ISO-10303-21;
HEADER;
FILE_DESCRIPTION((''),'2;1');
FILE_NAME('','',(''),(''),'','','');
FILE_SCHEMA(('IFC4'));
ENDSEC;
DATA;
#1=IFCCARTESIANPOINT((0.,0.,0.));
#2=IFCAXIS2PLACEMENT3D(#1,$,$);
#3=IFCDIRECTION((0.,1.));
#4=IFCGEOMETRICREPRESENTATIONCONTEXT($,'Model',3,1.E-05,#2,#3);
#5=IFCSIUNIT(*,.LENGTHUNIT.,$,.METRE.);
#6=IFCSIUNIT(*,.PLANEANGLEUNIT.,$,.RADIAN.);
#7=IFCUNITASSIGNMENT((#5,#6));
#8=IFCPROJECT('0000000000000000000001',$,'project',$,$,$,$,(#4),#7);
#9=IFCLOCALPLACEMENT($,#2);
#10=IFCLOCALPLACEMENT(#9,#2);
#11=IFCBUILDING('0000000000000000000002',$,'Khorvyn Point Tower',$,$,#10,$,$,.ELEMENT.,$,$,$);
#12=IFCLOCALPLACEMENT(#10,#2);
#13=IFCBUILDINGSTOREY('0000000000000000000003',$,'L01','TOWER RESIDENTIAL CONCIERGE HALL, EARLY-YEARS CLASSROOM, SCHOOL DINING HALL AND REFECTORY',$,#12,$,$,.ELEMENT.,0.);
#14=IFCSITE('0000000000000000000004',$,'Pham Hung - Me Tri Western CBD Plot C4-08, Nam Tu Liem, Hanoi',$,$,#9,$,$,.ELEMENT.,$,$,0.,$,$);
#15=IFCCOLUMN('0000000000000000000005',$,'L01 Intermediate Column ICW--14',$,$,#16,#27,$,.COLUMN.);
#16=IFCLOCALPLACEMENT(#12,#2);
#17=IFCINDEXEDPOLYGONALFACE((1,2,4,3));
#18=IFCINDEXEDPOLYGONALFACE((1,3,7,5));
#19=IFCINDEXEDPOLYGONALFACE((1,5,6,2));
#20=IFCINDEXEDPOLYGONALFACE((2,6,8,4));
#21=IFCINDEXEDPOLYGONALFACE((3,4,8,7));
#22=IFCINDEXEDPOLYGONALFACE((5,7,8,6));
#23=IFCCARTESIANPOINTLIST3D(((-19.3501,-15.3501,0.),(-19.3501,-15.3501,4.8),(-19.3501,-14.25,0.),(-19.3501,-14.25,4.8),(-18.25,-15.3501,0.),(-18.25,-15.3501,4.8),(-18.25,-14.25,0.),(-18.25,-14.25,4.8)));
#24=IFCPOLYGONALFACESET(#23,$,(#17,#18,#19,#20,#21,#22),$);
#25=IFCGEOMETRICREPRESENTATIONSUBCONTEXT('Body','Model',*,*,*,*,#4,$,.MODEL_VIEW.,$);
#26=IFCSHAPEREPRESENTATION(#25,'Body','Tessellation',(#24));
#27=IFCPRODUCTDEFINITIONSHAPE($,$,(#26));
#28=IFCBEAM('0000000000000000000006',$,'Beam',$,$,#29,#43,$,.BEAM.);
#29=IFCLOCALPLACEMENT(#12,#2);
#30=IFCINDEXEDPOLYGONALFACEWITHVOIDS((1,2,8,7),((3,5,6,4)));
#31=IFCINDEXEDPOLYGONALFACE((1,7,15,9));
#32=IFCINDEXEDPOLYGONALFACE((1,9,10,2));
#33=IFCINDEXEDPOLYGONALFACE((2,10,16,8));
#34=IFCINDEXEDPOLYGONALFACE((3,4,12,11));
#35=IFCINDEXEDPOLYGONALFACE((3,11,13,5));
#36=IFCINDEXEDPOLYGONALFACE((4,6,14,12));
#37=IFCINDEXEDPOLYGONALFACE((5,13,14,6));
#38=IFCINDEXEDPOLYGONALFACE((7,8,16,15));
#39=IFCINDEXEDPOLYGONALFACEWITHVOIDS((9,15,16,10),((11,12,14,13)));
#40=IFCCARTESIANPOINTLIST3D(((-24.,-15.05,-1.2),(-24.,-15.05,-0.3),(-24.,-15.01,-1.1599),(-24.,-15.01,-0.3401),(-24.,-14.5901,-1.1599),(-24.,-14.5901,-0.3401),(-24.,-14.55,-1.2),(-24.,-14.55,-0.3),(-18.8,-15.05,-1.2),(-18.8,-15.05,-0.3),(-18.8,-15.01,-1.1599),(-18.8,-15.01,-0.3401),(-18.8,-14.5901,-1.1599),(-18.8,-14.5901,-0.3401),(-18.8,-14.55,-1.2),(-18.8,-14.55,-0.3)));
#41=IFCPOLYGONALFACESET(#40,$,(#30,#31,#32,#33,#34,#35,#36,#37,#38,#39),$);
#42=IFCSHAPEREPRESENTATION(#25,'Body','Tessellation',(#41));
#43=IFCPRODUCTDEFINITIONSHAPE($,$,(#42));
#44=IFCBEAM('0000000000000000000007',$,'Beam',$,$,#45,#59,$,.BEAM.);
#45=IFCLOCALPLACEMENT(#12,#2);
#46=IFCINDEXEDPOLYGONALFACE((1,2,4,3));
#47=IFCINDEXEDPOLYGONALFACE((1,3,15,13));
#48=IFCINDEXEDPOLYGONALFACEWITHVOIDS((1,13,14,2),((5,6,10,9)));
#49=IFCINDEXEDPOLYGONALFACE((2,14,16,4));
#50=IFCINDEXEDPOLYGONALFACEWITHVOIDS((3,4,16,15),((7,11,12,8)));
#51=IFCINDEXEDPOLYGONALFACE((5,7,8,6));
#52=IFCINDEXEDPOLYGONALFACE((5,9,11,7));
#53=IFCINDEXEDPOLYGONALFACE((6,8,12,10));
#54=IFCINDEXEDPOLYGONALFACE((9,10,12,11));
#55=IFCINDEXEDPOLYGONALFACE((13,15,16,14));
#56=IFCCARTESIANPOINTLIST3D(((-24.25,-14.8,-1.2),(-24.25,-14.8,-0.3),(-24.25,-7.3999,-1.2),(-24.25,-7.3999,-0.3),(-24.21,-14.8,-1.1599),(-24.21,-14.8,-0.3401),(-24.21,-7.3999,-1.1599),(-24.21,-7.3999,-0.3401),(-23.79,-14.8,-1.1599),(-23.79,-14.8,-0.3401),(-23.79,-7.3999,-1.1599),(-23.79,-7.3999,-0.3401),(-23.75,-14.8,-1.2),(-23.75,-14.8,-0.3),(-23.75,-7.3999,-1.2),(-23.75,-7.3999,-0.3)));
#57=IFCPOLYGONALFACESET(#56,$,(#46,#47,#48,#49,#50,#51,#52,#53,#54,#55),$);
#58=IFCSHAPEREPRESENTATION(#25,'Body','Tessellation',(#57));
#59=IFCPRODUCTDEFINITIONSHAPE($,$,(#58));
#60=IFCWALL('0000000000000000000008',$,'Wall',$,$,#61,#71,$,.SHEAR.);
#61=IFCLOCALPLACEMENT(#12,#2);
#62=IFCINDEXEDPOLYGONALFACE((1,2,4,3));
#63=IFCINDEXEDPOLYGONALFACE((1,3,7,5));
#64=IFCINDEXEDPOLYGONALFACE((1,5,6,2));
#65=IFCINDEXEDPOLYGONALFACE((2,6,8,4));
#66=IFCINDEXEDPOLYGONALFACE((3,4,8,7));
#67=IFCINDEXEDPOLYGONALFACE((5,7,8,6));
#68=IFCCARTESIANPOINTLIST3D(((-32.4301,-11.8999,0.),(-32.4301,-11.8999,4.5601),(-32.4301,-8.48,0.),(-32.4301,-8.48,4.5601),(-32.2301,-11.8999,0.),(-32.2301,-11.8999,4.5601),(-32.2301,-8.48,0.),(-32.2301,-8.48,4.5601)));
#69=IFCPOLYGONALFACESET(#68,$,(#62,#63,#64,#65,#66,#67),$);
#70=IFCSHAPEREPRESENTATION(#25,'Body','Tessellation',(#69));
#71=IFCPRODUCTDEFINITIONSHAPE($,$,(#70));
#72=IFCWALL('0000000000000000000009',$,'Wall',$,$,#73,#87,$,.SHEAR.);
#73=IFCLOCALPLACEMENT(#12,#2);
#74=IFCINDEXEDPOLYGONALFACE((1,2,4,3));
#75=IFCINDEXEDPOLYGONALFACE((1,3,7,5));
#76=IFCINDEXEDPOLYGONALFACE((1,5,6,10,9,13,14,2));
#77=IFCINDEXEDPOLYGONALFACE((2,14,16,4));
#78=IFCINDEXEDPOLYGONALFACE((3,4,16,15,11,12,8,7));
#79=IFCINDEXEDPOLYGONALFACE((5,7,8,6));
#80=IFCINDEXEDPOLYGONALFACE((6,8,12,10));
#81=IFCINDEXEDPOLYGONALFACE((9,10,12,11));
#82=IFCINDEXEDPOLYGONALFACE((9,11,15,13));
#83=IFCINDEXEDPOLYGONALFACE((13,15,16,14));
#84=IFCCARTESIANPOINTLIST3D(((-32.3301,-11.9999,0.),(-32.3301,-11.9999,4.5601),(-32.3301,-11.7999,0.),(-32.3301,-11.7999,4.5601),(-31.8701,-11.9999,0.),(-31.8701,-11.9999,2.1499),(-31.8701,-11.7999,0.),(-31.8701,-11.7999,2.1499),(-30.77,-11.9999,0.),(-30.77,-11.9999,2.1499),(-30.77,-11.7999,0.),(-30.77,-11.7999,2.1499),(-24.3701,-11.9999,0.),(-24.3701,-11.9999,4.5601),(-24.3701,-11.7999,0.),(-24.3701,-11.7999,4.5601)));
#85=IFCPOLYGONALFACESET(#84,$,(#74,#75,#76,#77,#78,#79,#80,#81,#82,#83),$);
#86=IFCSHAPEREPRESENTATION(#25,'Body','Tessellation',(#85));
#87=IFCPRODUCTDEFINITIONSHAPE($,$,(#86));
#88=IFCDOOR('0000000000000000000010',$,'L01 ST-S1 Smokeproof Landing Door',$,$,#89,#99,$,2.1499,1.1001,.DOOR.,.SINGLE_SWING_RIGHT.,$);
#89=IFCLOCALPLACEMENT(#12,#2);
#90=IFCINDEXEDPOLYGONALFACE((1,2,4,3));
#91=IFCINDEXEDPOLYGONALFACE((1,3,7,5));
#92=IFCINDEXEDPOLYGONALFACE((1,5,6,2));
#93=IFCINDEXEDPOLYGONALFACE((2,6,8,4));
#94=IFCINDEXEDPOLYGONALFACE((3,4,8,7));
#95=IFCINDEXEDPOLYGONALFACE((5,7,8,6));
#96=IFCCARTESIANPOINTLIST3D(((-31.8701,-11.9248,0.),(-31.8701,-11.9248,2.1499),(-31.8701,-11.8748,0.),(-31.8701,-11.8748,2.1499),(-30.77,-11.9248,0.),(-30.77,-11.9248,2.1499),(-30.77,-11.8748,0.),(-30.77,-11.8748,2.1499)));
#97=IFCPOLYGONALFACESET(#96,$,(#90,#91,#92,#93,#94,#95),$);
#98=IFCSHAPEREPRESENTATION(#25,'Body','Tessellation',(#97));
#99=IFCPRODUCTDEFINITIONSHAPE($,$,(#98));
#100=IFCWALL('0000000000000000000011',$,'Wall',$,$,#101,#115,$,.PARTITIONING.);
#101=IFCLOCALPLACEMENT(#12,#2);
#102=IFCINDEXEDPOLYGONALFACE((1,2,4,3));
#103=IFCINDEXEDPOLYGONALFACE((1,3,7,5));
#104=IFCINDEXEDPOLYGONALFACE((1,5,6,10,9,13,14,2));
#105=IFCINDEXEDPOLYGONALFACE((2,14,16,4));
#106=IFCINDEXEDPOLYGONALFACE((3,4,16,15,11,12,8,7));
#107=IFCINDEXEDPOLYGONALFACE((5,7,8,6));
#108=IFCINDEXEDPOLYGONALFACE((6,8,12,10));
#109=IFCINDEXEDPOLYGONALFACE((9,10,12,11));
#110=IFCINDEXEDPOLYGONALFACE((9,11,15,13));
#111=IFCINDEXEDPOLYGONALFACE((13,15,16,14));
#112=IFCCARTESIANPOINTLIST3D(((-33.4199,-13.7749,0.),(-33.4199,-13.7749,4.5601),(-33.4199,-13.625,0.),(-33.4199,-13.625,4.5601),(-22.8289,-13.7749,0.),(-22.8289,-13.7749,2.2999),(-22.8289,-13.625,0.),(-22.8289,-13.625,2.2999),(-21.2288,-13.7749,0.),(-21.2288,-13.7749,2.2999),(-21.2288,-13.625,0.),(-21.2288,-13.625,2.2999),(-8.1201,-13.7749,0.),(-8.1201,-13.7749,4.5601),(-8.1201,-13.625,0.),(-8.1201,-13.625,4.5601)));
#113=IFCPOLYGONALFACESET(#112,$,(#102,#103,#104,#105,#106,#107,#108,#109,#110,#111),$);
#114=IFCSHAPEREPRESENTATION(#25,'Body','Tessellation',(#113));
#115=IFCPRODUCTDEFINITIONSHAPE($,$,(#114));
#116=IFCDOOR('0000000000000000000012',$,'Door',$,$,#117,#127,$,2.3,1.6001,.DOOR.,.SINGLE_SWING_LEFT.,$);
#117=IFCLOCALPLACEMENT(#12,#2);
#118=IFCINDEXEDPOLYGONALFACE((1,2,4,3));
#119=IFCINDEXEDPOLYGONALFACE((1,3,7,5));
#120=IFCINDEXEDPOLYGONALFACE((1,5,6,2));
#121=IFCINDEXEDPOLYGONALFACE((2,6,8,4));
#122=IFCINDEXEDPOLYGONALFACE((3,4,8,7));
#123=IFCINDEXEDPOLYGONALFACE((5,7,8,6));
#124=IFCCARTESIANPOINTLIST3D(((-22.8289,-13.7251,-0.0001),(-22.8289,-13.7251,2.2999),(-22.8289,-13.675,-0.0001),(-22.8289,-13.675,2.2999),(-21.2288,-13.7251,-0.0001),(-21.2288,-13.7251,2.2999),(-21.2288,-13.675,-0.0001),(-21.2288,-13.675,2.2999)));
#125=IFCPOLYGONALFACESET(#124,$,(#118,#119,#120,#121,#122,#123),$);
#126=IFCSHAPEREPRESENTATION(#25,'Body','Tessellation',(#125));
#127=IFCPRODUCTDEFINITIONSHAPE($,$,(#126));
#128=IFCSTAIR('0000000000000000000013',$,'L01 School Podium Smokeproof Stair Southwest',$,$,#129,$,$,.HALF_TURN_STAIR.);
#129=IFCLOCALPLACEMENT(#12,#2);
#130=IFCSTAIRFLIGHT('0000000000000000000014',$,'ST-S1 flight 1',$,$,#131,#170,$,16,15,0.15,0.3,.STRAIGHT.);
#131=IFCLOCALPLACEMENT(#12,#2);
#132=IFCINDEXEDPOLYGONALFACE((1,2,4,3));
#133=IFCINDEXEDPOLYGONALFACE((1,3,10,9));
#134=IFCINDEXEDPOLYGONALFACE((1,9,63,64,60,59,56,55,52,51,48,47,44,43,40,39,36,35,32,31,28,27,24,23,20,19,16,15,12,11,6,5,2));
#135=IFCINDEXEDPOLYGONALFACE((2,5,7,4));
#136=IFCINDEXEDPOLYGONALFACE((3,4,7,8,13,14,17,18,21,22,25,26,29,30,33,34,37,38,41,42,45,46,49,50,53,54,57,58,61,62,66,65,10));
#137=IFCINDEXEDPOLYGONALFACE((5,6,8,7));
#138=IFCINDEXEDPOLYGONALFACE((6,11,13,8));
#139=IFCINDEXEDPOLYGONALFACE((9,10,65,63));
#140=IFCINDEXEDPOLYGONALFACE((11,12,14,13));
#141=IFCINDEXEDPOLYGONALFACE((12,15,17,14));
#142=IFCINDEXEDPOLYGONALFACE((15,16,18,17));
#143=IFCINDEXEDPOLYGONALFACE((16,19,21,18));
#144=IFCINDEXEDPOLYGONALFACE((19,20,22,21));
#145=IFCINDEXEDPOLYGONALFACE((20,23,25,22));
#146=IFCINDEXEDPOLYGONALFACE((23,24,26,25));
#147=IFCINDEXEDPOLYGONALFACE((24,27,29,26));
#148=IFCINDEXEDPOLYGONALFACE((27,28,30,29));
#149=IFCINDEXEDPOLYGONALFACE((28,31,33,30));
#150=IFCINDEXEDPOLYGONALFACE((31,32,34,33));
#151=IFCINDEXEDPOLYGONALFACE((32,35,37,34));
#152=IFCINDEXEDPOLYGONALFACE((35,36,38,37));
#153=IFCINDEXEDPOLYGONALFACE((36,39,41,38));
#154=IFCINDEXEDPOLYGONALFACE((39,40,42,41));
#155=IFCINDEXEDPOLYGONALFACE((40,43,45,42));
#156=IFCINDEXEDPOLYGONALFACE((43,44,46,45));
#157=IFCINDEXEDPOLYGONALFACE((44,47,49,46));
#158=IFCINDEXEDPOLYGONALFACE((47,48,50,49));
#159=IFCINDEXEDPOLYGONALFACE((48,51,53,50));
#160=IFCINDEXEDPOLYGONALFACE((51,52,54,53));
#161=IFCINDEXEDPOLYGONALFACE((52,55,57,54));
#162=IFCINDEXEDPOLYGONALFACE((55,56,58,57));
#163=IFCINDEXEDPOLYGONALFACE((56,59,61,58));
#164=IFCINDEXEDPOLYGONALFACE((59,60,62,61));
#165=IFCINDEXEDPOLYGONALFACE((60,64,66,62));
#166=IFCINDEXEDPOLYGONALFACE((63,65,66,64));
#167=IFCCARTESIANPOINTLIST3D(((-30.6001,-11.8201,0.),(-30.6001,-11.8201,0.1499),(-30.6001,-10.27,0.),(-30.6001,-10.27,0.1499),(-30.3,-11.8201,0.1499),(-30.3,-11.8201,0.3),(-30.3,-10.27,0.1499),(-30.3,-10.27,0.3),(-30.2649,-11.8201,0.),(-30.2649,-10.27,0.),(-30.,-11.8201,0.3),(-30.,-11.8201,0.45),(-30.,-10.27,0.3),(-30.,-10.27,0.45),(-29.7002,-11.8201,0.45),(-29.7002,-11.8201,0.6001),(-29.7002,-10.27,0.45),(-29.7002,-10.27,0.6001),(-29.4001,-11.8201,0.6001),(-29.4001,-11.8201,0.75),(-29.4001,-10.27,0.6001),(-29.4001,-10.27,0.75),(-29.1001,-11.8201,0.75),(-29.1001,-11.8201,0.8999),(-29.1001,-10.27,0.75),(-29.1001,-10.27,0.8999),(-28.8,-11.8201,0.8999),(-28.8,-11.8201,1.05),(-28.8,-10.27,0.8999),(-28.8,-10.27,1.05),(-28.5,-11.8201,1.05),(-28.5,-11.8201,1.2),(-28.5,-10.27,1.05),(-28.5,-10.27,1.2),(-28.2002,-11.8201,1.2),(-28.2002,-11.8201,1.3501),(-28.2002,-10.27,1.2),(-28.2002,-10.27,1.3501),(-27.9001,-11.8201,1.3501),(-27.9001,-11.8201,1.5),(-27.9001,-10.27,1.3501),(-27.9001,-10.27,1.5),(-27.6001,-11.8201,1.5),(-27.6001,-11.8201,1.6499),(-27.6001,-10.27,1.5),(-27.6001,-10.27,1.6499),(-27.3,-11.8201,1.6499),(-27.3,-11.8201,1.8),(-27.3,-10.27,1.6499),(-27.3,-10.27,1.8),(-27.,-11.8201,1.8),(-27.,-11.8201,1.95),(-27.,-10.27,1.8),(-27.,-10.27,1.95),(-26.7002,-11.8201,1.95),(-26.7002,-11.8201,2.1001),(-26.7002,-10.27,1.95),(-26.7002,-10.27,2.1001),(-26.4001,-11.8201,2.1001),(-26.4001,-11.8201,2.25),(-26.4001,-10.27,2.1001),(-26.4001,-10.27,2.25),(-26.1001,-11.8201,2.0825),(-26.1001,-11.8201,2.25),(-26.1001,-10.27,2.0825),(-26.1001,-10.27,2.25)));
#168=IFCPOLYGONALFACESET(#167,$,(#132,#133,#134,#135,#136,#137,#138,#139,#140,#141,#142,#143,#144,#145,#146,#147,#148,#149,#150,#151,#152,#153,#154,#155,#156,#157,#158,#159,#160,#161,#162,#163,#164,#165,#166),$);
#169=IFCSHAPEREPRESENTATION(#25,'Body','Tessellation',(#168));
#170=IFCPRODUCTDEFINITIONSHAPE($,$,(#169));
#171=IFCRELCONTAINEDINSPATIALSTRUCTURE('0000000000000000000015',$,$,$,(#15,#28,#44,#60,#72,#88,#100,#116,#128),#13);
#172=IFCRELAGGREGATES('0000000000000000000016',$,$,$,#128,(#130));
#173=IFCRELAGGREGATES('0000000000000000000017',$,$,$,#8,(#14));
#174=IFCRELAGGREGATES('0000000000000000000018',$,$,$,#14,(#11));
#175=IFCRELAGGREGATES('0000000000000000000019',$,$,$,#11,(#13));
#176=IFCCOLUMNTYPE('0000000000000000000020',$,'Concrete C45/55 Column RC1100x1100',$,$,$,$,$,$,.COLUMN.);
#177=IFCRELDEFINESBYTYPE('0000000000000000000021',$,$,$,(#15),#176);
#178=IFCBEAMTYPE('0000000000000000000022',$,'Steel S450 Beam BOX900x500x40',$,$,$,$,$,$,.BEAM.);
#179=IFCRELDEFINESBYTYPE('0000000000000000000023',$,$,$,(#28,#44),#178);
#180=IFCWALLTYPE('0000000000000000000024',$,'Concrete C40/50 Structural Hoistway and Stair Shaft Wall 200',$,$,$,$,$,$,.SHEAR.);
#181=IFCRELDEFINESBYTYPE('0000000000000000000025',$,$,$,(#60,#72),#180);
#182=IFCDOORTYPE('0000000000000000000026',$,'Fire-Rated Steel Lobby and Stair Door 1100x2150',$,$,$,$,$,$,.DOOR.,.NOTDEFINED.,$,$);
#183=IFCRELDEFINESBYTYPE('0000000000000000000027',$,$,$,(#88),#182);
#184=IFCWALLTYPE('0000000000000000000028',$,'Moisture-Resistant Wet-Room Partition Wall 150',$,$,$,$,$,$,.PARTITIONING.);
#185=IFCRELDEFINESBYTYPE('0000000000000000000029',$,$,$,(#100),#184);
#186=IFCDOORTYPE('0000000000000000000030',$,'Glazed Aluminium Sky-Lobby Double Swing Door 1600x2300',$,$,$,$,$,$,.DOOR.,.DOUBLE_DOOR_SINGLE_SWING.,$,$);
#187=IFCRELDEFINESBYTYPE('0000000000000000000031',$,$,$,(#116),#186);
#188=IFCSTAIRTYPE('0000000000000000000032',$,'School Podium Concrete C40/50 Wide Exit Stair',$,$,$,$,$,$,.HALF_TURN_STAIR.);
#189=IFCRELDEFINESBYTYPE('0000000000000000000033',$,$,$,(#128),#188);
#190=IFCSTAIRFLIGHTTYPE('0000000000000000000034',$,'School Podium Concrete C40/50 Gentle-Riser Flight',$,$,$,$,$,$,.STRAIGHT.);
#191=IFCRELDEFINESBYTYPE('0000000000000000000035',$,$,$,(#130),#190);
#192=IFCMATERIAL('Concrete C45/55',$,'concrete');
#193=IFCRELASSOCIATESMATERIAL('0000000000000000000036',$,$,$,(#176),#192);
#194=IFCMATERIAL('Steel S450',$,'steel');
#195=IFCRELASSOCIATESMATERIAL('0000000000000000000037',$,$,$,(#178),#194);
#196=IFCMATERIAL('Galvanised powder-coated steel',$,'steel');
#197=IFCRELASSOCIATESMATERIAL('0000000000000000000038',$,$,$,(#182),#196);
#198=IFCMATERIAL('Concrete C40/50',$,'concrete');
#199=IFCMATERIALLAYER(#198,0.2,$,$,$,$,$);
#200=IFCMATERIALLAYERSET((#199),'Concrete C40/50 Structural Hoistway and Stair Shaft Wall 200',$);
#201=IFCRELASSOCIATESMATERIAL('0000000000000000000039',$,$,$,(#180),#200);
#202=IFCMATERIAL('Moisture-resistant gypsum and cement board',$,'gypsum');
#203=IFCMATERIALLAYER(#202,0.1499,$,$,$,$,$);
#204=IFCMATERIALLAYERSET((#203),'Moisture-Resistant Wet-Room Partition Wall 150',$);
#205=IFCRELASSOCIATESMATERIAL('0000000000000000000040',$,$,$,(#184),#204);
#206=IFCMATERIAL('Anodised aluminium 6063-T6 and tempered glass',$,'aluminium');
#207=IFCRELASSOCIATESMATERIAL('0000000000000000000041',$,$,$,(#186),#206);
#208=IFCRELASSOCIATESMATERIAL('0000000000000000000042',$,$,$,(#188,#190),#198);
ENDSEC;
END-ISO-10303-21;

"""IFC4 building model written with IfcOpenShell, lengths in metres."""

from ifc_helpers import new_model, si_unit, direction, frame, frame_2d, origin, origin_2d, place, context, subcontext, project, spatial, polyline, rectangle, hollow_rectangle, outline, extrude, material, layer, layer_set, material_profile, profile_set, type_object, element, fill, aggregate, save


model = new_model("IFC4")

# Units and contexts
model_context = context("Model", 3, precision=1e-05, world=origin(), true_north=direction((0.0, 1.0)))
body_context = subcontext(model_context, "Body", "Model", "MODEL_VIEW")
ifc_project = project(units=[si_unit("LENGTHUNIT", "METRE"), si_unit("PLANEANGLEUNIT", "RADIAN")], contexts=[model_context])

# Site, building, storey
site_placement = place(None, origin())
site = spatial("IfcSite", under=ifc_project, at=site_placement, Name="Pham Hung - Me Tri Western CBD Plot C4-08, Nam Tu Liem, Hanoi", CompositionType="ELEMENT", RefElevation=0.0)
building_placement = place(site_placement, origin())
building = spatial("IfcBuilding", under=site, at=building_placement, Name="Khorvyn Point Tower", CompositionType="ELEMENT")
storey_placement = place(building_placement, origin())
storey = spatial("IfcBuildingStorey", under=building, at=storey_placement, Name="L01", Description="TOWER RESIDENTIAL CONCIERGE HALL, EARLY-YEARS CLASSROOM, SCHOOL DINING HALL AND REFECTORY", CompositionType="ELEMENT", Elevation=0.0)

# Column
ifc_material_1 = material(Name="Concrete C45/55", Category="concrete")
ifc_material_profile_1 = material_profile(ifc_material_1, rectangle(XDim=1.1001, YDim=1.1001, at=origin_2d()))
ifc_profile_set_1 = profile_set([ifc_material_profile_1], Name="Concrete C45/55 RC1100x1100")
column_type = type_object("IfcColumnType", Name="Concrete C45/55 Column RC1100x1100", PredefinedType="COLUMN", material=ifc_profile_set_1)
column_placement = place(storey_placement, frame((-18.8, -14.8, 0.0), z_axis=(0.0, 0.0, 1.0), x_axis=(1.0, 0.0, 0.0)))
element("IfcColumn", 1, at=column_placement, inside=storey, type_object=column_type, Name="L01 Intermediate Column ICW--14", PredefinedType="COLUMN", context=body_context, shape_type="SweptSolid", body=[
    extrude(rectangle(XDim=1.1001, YDim=1.1001, at=origin_2d()), origin(), (0.0, 0.0, 1.0), 4.8),
])

# Beams
ifc_material_2 = material(Name="Steel S450", Category="steel")
ifc_material_profile_2 = material_profile(ifc_material_2, hollow_rectangle(XDim=0.5, YDim=0.8999, WallThickness=0.04, at=origin_2d()))
ifc_profile_set_2 = profile_set([ifc_material_profile_2], Name="Steel S450 BOX900x500x40")
beam_type = type_object("IfcBeamType", Name="Steel S450 Beam BOX900x500x40", PredefinedType="BEAM", material=ifc_profile_set_2)
beam_1_placement = place(storey_placement, frame((-24.0, -14.8, -0.75), z_axis=(1.0, 0.0, 0.0), x_axis=(0.0, 1.0, 0.0)))
element("IfcBeam", 2, at=beam_1_placement, inside=storey, type_object=beam_type, Name="Beam", PredefinedType="BEAM", context=body_context, shape_type="SweptSolid", body=[
    extrude(hollow_rectangle(XDim=0.5, YDim=0.8999, WallThickness=0.04, at=origin_2d()), origin(), (0.0, 0.0, 1.0), 5.2),
])
beam_2_placement = place(storey_placement, frame((-24.0, -14.8, -0.75), z_axis=(0.0, 1.0, 0.0), x_axis=(-1.0, 0.0, 0.0)))
element("IfcBeam", 3, at=beam_2_placement, inside=storey, type_object=beam_type, Name="Beam", PredefinedType="BEAM", context=body_context, shape_type="SweptSolid", body=[
    extrude(hollow_rectangle(XDim=0.5, YDim=0.8999, WallThickness=0.04, at=origin_2d()), origin(), (0.0, 0.0, 1.0), 7.4001),
])

# Shared definitions
ifc_material_3 = material(Name="Concrete C40/50", Category="concrete")
ifc_material_4 = material(Name="Galvanised powder-coated steel", Category="steel")
door_type_1 = type_object("IfcDoorType", Name="Fire-Rated Steel Lobby and Stair Door 1100x2150", OperationType="NOTDEFINED", PredefinedType="DOOR", material=ifc_material_4)

# Wall
ifc_layer_1 = layer(ifc_material_3, 0.2)
ifc_layer_set_1 = layer_set([ifc_layer_1], Name="Concrete C40/50 Structural Hoistway and Stair Shaft Wall 200")
wall_type_1 = type_object("IfcWallType", Name="Concrete C40/50 Structural Hoistway and Stair Shaft Wall 200", PredefinedType="SHEAR", material=ifc_layer_set_1)
wall_1_placement = place(storey_placement, frame((-32.3301, -11.8999, 0.0), z_axis=(0.0, 0.0, 1.0), x_axis=(0.0, 1.0, 0.0)))
element("IfcWall", 4, at=wall_1_placement, inside=storey, type_object=wall_type_1, Name="Wall", PredefinedType="SHEAR", context=body_context, shape_type="SweptSolid", body=[
    extrude(rectangle(XDim=3.4199, YDim=0.2, at=frame_2d((1.71, 0.0))), origin(), (0.0, 0.0, 1.0), 4.5601),
])

# Walls, openings, doors
wall_2_placement = place(storey_placement, frame((-24.3701, -11.8999, 0.0), z_axis=(0.0, 0.0, 1.0), x_axis=(-1.0, 0.0, 0.0)))
wall_2 = element("IfcWall", 5, at=wall_2_placement, inside=storey, type_object=wall_type_1, Name="Wall", PredefinedType="SHEAR", context=body_context, shape_type="SweptSolid", body=[
    extrude(rectangle(XDim=7.96, YDim=0.2, at=frame_2d((3.98, 0.0))), origin(), (0.0, 0.0, 1.0), 4.5601),
])
opening_1_placement = place(wall_2_placement, frame((6.3999, 0.0, 0.0)))
opening_1 = element("IfcOpeningElement", 6, at=opening_1_placement, cuts=wall_2, PredefinedType="OPENING", context=body_context, shape_type="SweptSolid", body=[
    extrude(rectangle(XDim=1.1001, YDim=2.1499, at=frame_2d((0.55, 1.075))), frame((0.0, 0.1099, 0.0), z_axis=(0.0, -1.0, 0.0), x_axis=(1.0, 0.0, 0.0)), (0.0, 0.0, 1.0), 0.22),
])
door_1_placement = place(opening_1_placement, origin())
door_1 = element("IfcDoor", 7, at=door_1_placement, inside=storey, type_object=door_type_1, Name="L01 ST-S1 Smokeproof Landing Door", OperationType="SINGLE_SWING_RIGHT", OverallHeight=2.1499, OverallWidth=1.1001, PredefinedType="DOOR", context=body_context, shape_type="SweptSolid", body=[
    extrude(rectangle(XDim=1.1001, YDim=2.1499, at=frame_2d((0.55, 1.075))), frame((0.0, 0.0249, 0.0), z_axis=(0.0, -1.0, 0.0), x_axis=(1.0, 0.0, 0.0)), (0.0, 0.0, 1.0), 0.05),
])
fill(opening_1, door_1)
ifc_material_5 = material(Name="Moisture-resistant gypsum and cement board", Category="gypsum")
ifc_layer_2 = layer(ifc_material_5, 0.1499)
ifc_layer_set_2 = layer_set([ifc_layer_2], Name="Moisture-Resistant Wet-Room Partition Wall 150")
wall_type_2 = type_object("IfcWallType", Name="Moisture-Resistant Wet-Room Partition Wall 150", PredefinedType="PARTITIONING", material=ifc_layer_set_2)
wall_3_placement = place(storey_placement, frame((-33.4199, -13.7, 0.0), z_axis=(0.0, 0.0, 1.0), x_axis=(1.0, 0.0, 0.0)))
wall_3 = element("IfcWall", 8, at=wall_3_placement, inside=storey, type_object=wall_type_2, Name="Wall", PredefinedType="PARTITIONING", context=body_context, shape_type="SweptSolid", body=[
    extrude(rectangle(XDim=25.2998, YDim=0.1499, at=frame_2d((12.6499, 0.0))), origin(), (0.0, 0.0, 1.0), 4.5601),
])
opening_2_placement = place(wall_3_placement, frame((10.5911, 0.0, 0.0)))
opening_2 = element("IfcOpeningElement", 9, at=opening_2_placement, cuts=wall_3, PredefinedType="OPENING", context=body_context, shape_type="SweptSolid", body=[
    extrude(rectangle(XDim=1.6001, YDim=2.3, at=frame_2d((0.8, 1.1499))), frame((0.0, 0.085, 0.0), z_axis=(0.0, -1.0, 0.0), x_axis=(1.0, 0.0, 0.0)), (0.0, 0.0, 1.0), 0.1699),
])
ifc_material_6 = material(Name="Anodised aluminium 6063-T6 and tempered glass", Category="aluminium")
door_type_2 = type_object("IfcDoorType", Name="Glazed Aluminium Sky-Lobby Double Swing Door 1600x2300", OperationType="DOUBLE_DOOR_SINGLE_SWING", PredefinedType="DOOR", material=ifc_material_6)
door_2_placement = place(opening_2_placement, origin())
door_2 = element("IfcDoor", 10, at=door_2_placement, inside=storey, type_object=door_type_2, Name="Door", OperationType="SINGLE_SWING_LEFT", OverallHeight=2.3, OverallWidth=1.6001, PredefinedType="DOOR", context=body_context, shape_type="SweptSolid", body=[
    extrude(rectangle(XDim=1.6001, YDim=2.3, at=frame_2d((0.8, 1.1499))), frame((0.0, 0.0249, 0.0), z_axis=(0.0, -1.0, 0.0), x_axis=(1.0, 0.0, 0.0)), (0.0, 0.0, 1.0), 0.05),
])
fill(opening_2, door_2)

# Stair, stair flight
stair_type = type_object("IfcStairType", Name="School Podium Concrete C40/50 Wide Exit Stair", PredefinedType="HALF_TURN_STAIR", material=ifc_material_3)
stair_placement = place(storey_placement, origin())
stair = element("IfcStair", 11, at=stair_placement, inside=storey, type_object=stair_type, Name="L01 School Podium Smokeproof Stair Southwest", PredefinedType="HALF_TURN_STAIR")
stair_flight_type = type_object("IfcStairFlightType", Name="School Podium Concrete C40/50 Gentle-Riser Flight", PredefinedType="STRAIGHT", material=ifc_material_3)
stair_flight_1_placement = place(storey_placement, frame((-30.6001, -11.0449, 0.0), z_axis=(0.0, 0.0, 1.0), x_axis=(1.0, 0.0, 0.0)))
stair_flight_1 = element("IfcStairFlight", 12, at=stair_flight_1_placement, type_object=stair_flight_type, Name="ST-S1 flight 1", NumberOfRisers=16, NumberOfTreads=15, PredefinedType="STRAIGHT", RiserHeight=0.15, TreadLength=0.3, context=body_context, shape_type="SweptSolid", body=[
    extrude(outline(polyline([(0.0, 0.0), (0.0, 0.1499), (0.3, 0.1499), (0.3, 0.3), (0.6001, 0.3), (0.6001, 0.45), (0.8999, 0.45), (0.8999, 0.6001), (1.2, 0.6001), (1.2, 0.75), (1.5, 0.75), (1.5, 0.8999), (1.8, 0.8999), (1.8, 1.05), (2.1001, 1.05), (2.1001, 1.2), (2.3999, 1.2), (2.3999, 1.3501), (2.7, 1.3501), (2.7, 1.5), (3.0, 1.5), (3.0, 1.6499), (3.3, 1.6499), (3.3, 1.8), (3.6001, 1.8), (3.6001, 1.95), (3.8999, 1.95), (3.8999, 2.1001), (4.2, 2.1001), (4.2, 2.25), (4.5, 2.25), (4.5, 2.3999), (4.5, 2.0825), (0.3352, 0.0), (0.0, 0.0)])), frame((0.0, 0.7749, 0.0), z_axis=(0.0, -1.0, 0.0), x_axis=(1.0, 0.0, 0.0)), (0.0, 0.0, 1.0), 1.55),
])
aggregate(stair, [stair_flight_1])

save(model, "model.ifc")
